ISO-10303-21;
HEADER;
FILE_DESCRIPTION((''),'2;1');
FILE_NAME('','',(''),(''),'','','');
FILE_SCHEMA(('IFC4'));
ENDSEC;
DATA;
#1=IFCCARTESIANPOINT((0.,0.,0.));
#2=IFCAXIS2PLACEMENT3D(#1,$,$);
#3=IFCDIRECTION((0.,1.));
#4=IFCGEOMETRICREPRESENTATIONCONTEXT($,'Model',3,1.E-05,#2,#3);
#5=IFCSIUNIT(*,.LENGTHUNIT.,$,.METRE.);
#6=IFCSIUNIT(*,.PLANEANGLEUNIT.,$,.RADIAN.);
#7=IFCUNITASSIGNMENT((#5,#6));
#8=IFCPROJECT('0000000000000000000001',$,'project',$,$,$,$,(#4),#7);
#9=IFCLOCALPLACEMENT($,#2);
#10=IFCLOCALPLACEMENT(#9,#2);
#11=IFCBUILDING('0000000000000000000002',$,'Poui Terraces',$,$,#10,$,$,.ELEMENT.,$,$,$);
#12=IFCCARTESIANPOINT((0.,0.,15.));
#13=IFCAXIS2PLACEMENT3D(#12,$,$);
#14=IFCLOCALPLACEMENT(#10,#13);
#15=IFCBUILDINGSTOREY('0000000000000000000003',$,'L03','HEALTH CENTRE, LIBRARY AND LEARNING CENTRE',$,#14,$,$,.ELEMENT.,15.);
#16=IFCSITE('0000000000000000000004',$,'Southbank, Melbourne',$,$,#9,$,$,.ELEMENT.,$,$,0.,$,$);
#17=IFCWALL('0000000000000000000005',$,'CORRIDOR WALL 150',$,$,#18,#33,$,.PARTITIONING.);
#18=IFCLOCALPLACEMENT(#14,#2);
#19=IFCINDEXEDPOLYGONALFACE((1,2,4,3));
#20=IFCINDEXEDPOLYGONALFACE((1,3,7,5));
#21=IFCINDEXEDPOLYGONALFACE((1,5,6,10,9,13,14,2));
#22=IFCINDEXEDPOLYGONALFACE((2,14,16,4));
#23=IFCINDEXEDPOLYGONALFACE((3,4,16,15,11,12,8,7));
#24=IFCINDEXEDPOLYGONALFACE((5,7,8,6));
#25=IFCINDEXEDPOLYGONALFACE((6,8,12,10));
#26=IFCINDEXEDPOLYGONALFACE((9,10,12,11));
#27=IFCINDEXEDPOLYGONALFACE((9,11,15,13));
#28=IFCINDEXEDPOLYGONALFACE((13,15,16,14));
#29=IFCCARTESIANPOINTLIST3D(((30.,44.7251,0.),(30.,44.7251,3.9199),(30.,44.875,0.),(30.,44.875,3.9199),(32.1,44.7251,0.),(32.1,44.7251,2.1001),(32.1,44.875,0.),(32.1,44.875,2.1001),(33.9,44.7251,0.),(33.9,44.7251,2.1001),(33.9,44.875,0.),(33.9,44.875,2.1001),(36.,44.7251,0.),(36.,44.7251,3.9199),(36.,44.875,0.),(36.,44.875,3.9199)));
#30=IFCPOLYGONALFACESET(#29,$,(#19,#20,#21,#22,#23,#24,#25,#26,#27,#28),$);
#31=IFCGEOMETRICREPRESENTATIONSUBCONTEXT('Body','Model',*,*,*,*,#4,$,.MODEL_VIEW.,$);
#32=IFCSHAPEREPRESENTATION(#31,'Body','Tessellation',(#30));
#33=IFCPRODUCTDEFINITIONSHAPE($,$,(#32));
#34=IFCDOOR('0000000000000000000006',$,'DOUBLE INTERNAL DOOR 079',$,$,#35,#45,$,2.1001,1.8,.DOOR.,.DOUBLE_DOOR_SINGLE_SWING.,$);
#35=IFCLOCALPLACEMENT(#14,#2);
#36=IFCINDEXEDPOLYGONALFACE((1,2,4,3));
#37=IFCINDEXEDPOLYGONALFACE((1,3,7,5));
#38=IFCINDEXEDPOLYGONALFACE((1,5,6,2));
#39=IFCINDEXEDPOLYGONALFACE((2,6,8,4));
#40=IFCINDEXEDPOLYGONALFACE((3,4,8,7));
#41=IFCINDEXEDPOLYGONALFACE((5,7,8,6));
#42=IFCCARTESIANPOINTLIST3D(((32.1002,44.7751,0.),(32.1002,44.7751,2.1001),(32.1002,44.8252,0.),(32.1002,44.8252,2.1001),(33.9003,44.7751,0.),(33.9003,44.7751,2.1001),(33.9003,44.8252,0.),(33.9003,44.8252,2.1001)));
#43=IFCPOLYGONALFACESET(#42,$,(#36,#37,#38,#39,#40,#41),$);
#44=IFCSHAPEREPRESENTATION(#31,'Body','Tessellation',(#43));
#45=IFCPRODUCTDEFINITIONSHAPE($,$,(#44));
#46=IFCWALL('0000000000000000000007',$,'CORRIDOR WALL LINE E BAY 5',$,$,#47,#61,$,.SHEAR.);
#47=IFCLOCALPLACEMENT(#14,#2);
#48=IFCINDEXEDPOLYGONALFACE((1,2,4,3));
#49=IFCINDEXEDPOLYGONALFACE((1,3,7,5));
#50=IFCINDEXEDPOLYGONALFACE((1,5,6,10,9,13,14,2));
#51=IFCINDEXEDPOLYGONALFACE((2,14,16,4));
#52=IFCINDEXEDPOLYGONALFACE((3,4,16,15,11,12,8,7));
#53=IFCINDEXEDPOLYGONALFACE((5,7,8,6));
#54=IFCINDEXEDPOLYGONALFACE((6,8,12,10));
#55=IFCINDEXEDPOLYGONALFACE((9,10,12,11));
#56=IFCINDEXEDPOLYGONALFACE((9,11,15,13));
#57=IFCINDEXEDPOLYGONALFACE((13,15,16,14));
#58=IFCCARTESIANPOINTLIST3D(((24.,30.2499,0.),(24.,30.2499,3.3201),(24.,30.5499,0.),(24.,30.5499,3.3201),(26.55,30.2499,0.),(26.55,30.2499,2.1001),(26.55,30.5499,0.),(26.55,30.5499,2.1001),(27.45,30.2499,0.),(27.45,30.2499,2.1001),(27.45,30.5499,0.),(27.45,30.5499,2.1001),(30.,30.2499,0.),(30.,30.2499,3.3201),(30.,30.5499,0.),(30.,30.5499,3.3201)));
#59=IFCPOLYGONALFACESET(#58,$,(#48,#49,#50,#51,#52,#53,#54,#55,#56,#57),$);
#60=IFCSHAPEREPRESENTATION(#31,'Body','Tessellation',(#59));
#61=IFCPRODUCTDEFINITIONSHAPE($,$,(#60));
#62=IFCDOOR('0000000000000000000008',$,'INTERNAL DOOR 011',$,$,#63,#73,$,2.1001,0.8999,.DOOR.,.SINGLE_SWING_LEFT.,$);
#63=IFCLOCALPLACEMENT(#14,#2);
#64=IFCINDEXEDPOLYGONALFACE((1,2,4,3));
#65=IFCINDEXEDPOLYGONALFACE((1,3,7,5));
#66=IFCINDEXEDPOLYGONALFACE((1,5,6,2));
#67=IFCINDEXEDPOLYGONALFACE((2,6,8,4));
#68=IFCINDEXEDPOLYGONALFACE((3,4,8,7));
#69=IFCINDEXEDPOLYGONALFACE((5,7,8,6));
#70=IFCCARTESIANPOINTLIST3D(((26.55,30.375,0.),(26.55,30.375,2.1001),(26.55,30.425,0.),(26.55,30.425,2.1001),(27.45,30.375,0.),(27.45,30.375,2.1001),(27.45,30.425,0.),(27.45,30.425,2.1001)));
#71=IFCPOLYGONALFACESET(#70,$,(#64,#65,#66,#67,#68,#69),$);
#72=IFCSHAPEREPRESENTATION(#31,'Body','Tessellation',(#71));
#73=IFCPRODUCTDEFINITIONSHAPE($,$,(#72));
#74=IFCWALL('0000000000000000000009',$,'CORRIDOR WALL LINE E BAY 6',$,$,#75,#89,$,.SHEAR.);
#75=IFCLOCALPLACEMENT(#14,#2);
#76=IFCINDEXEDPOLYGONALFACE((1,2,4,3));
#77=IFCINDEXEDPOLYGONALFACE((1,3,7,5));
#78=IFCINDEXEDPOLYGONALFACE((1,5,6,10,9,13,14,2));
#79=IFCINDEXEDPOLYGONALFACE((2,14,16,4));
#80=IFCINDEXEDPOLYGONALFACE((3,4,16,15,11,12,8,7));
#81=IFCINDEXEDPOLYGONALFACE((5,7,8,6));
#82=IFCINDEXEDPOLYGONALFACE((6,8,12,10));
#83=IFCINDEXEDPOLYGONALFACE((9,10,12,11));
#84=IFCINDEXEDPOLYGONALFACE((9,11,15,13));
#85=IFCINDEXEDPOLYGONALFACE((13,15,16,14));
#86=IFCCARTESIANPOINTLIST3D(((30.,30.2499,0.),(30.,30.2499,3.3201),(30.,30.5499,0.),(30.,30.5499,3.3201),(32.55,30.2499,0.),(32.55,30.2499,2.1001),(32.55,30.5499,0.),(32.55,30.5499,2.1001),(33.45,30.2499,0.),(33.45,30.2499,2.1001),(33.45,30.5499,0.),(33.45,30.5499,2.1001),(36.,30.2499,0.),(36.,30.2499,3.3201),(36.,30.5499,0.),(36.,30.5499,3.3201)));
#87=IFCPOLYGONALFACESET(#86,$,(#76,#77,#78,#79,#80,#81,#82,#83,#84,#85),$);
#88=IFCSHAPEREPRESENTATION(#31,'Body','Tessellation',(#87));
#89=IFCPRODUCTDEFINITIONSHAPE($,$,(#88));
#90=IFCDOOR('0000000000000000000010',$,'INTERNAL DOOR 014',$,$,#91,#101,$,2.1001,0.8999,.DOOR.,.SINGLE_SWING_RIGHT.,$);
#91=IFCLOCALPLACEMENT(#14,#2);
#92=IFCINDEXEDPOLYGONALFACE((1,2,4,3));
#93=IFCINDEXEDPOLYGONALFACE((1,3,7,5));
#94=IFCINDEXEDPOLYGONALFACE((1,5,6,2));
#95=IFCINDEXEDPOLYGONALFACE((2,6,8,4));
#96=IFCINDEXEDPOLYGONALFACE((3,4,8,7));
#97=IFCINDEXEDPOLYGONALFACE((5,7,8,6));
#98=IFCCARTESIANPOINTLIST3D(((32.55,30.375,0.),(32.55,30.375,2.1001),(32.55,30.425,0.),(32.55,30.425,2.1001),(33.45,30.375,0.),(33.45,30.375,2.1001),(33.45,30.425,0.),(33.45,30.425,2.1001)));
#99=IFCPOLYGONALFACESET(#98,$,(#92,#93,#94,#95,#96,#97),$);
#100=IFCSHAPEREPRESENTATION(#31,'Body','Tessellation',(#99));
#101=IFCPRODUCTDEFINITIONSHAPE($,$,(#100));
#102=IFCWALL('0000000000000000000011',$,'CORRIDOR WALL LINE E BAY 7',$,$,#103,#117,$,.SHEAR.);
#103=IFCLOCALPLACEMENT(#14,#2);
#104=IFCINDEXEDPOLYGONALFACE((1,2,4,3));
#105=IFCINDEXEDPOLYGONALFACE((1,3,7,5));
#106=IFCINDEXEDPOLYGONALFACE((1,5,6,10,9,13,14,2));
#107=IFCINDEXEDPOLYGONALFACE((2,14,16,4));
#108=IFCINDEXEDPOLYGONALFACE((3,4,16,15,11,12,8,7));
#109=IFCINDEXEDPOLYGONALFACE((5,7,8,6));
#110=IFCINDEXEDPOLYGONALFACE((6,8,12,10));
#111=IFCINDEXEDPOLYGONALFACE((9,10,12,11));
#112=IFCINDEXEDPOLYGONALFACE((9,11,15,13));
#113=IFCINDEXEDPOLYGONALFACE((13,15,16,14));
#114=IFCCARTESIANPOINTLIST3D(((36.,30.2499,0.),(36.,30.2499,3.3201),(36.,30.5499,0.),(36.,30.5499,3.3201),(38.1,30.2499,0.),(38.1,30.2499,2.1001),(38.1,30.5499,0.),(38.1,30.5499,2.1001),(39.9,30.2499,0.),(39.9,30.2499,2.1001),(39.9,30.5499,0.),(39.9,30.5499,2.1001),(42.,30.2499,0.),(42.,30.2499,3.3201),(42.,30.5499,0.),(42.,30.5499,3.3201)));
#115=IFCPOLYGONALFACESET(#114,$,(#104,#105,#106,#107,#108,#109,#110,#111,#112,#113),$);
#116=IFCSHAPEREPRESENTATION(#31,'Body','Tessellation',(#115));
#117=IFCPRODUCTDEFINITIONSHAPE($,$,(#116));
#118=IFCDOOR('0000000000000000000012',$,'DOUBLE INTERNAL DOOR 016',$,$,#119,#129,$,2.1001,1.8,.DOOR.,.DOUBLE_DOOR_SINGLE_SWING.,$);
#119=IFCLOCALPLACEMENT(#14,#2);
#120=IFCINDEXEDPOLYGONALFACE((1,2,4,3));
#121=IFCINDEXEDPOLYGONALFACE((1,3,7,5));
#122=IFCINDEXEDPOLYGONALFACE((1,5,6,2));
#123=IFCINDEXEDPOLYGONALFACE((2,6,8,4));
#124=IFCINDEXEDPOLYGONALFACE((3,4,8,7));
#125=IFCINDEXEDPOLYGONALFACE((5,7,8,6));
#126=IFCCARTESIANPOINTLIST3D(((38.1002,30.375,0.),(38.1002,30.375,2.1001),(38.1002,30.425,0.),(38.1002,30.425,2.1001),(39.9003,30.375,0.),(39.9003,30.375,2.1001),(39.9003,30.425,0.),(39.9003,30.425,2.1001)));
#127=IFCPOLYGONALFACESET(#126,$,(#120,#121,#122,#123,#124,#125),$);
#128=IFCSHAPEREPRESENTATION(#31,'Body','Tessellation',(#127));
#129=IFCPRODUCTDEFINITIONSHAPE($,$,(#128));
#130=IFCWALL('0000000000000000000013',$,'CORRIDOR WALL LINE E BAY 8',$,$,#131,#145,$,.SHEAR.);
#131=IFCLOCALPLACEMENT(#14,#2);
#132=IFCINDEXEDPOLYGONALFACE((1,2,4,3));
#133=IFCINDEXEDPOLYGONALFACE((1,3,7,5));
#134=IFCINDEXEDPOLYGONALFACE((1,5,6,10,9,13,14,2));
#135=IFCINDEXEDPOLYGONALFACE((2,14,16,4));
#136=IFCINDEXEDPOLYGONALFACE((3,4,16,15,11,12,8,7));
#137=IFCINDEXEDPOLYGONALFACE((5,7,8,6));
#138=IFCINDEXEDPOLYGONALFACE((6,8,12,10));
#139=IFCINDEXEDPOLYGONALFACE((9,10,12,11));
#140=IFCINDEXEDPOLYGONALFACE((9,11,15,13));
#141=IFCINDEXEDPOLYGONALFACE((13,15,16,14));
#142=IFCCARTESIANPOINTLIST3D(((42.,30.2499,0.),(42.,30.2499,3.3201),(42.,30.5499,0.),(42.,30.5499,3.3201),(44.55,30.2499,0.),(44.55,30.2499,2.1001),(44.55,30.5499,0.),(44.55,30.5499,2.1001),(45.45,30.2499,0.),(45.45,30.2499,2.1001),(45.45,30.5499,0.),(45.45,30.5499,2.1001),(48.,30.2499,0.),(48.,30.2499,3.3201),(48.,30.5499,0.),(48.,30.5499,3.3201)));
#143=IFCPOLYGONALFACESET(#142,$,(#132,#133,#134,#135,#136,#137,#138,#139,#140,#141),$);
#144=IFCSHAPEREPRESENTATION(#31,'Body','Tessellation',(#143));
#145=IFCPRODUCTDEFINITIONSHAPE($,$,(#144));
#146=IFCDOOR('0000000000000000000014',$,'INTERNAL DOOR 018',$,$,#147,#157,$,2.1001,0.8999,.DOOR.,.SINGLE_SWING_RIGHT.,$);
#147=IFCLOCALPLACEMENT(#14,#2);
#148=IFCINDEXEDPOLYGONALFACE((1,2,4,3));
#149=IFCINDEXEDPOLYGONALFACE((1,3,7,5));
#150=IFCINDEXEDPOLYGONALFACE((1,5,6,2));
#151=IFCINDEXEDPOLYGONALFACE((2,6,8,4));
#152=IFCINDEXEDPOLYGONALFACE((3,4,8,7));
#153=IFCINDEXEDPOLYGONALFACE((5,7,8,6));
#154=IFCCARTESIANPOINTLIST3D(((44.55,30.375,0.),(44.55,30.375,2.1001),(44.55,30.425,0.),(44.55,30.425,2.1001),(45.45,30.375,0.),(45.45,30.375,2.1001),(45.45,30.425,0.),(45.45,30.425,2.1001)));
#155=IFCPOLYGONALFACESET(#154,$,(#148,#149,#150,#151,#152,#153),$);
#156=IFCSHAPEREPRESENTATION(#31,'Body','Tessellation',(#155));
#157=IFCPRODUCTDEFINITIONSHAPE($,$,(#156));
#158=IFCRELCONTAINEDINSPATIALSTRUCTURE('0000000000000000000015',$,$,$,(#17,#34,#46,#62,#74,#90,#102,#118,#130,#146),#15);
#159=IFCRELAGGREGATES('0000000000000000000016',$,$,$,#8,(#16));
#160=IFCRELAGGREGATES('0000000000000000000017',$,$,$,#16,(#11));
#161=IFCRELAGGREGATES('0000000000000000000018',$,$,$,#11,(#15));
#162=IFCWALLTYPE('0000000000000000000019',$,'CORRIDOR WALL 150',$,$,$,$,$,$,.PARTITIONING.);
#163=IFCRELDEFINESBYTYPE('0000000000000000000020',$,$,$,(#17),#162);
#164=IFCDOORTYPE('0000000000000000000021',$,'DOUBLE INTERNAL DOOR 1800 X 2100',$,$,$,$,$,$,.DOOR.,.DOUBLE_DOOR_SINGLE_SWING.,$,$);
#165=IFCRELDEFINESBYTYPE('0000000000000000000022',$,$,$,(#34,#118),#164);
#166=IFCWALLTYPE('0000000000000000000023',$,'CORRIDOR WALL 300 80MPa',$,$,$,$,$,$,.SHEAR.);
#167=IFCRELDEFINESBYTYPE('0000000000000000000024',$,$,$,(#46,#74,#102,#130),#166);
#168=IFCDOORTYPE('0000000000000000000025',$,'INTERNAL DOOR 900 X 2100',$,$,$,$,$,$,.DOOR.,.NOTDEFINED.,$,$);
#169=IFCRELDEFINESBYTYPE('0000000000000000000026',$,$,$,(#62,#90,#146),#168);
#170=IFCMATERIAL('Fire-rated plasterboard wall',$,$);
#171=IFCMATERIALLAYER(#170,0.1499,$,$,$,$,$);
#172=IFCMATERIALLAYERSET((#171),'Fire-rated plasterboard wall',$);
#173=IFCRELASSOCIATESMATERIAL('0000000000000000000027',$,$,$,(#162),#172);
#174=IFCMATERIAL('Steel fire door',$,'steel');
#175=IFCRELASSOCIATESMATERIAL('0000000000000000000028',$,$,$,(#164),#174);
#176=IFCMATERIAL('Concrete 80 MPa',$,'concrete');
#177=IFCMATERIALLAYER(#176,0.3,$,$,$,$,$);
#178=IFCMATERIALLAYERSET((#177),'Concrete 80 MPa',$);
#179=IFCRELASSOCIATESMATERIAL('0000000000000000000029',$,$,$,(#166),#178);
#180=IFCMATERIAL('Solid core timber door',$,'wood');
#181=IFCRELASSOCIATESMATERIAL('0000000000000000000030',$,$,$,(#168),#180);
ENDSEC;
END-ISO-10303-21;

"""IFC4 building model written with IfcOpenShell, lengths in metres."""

from ifc_helpers import new_model, si_unit, direction, frame, frame_2d, origin, place, context, subcontext, project, spatial, rectangle, extrude, material, layer, layer_set, type_object, element, fill, save


model = new_model("IFC4")

# Units and contexts
model_context = context("Model", 3, precision=1e-05, world=origin(), true_north=direction((0.0, 1.0)))
body_context = subcontext(model_context, "Body", "Model", "MODEL_VIEW")
ifc_project = project(units=[si_unit("LENGTHUNIT", "METRE"), si_unit("PLANEANGLEUNIT", "RADIAN")], contexts=[model_context])

# Site, building, storey
site_placement = place(None, origin())
site = spatial("IfcSite", under=ifc_project, at=site_placement, Name="Southbank, Melbourne", CompositionType="ELEMENT", RefElevation=0.0)
building_placement = place(site_placement, origin())
building = spatial("IfcBuilding", under=site, at=building_placement, Name="Poui Terraces", CompositionType="ELEMENT")
storey_placement = place(building_placement, frame((0.0, 0.0, 15.0)))
storey = spatial("IfcBuildingStorey", under=building, at=storey_placement, Name="L03", Description="HEALTH CENTRE, LIBRARY AND LEARNING CENTRE", CompositionType="ELEMENT", Elevation=15.0)

# Shared definitions
ifc_material_1 = material(Name="Concrete 80 MPa", Category="concrete")

# Walls, openings, doors
ifc_material_2 = material(Name="Fire-rated plasterboard wall")
ifc_layer_1 = layer(ifc_material_2, 0.1499)
ifc_layer_set_1 = layer_set([ifc_layer_1], Name="Fire-rated plasterboard wall")
wall_type_1 = type_object("IfcWallType", Name="CORRIDOR WALL 150", PredefinedType="PARTITIONING", material=ifc_layer_set_1)
wall_1_placement = place(storey_placement, frame((30.0, 44.8, 0.0), z_axis=(0.0, 0.0, 1.0), x_axis=(1.0, 0.0, 0.0)))
wall_1 = element("IfcWall", 1, at=wall_1_placement, inside=storey, type_object=wall_type_1, Name="CORRIDOR WALL 150", PredefinedType="PARTITIONING", context=body_context, shape_type="SweptSolid", body=[
    extrude(rectangle(XDim=6.0, YDim=0.1499, at=frame_2d((3.0, 0.0))), origin(), (0.0, 0.0, 1.0), 3.9199),
])
opening_1_placement = place(wall_1_placement, frame((2.1001, 0.0, 0.0)))
opening_1 = element("IfcOpeningElement", 2, at=opening_1_placement, cuts=wall_1, PredefinedType="OPENING", context=body_context, shape_type="SweptSolid", body=[
    extrude(rectangle(XDim=1.8, YDim=2.1001, at=frame_2d((0.8999, 1.05))), frame((0.0, 0.085, 0.0), z_axis=(0.0, -1.0, 0.0), x_axis=(1.0, 0.0, 0.0)), (0.0, 0.0, 1.0), 0.1699),
])
ifc_material_3 = material(Name="Steel fire door", Category="steel")
door_type_1 = type_object("IfcDoorType", Name="DOUBLE INTERNAL DOOR 1800 X 2100", OperationType="DOUBLE_DOOR_SINGLE_SWING", PredefinedType="DOOR", material=ifc_material_3)
door_1_placement = place(opening_1_placement, frame((1.8, 0.0, 0.0), z_axis=(0.0, 0.0, 1.0), x_axis=(-1.0, 0.0, 0.0)))
door_1 = element("IfcDoor", 3, at=door_1_placement, inside=storey, type_object=door_type_1, Name="DOUBLE INTERNAL DOOR 079", OperationType="DOUBLE_DOOR_SINGLE_SWING", OverallHeight=2.1001, OverallWidth=1.8, PredefinedType="DOOR", context=body_context, shape_type="SweptSolid", body=[
    extrude(rectangle(XDim=1.8, YDim=2.1001, at=frame_2d((0.8999, 1.05))), frame((0.0, 0.0249, 0.0), z_axis=(0.0, -1.0, 0.0), x_axis=(1.0, 0.0, 0.0)), (0.0, 0.0, 1.0), 0.05),
])
fill(opening_1, door_1)
ifc_layer_2 = layer(ifc_material_1, 0.3)
ifc_layer_set_2 = layer_set([ifc_layer_2], Name="Concrete 80 MPa")
wall_type_2 = type_object("IfcWallType", Name="CORRIDOR WALL 300 80MPa", PredefinedType="SHEAR", material=ifc_layer_set_2)
wall_2_placement = place(storey_placement, frame((24.0, 30.3999, 0.0), z_axis=(0.0, 0.0, 1.0), x_axis=(1.0, 0.0, 0.0)))
wall_2 = element("IfcWall", 4, at=wall_2_placement, inside=storey, type_object=wall_type_2, Name="CORRIDOR WALL LINE E BAY 5", PredefinedType="SHEAR", context=body_context, shape_type="SweptSolid", body=[
    extrude(rectangle(XDim=6.0, YDim=0.3, at=frame_2d((3.0, 0.0))), origin(), (0.0, 0.0, 1.0), 3.3201),
])
opening_2_placement = place(wall_2_placement, frame((2.55, 0.0, 0.0)))
opening_2 = element("IfcOpeningElement", 5, at=opening_2_placement, cuts=wall_2, PredefinedType="OPENING", context=body_context, shape_type="SweptSolid", body=[
    extrude(rectangle(XDim=0.8999, YDim=2.1001, at=frame_2d((0.45, 1.05))), frame((0.0, 0.1602, 0.0), z_axis=(0.0, -1.0, 0.0), x_axis=(1.0, 0.0, 0.0)), (0.0, 0.0, 1.0), 0.3201),
])
ifc_material_4 = material(Name="Solid core timber door", Category="wood")
door_type_2 = type_object("IfcDoorType", Name="INTERNAL DOOR 900 X 2100", OperationType="NOTDEFINED", PredefinedType="DOOR", material=ifc_material_4)
door_2_placement = place(opening_2_placement, frame((0.8999, 0.0, 0.0), z_axis=(0.0, 0.0, 1.0), x_axis=(-1.0, 0.0, 0.0)))
door_2 = element("IfcDoor", 6, at=door_2_placement, inside=storey, type_object=door_type_2, Name="INTERNAL DOOR 011", OperationType="SINGLE_SWING_LEFT", OverallHeight=2.1001, OverallWidth=0.8999, PredefinedType="DOOR", context=body_context, shape_type="SweptSolid", body=[
    extrude(rectangle(XDim=0.8999, YDim=2.1001, at=frame_2d((0.45, 1.05))), frame((0.0, 0.0249, 0.0), z_axis=(0.0, -1.0, 0.0), x_axis=(1.0, 0.0, 0.0)), (0.0, 0.0, 1.0), 0.05),
])
fill(opening_2, door_2)
wall_3_placement = place(storey_placement, frame((30.0, 30.3999, 0.0), z_axis=(0.0, 0.0, 1.0), x_axis=(1.0, 0.0, 0.0)))
wall_3 = element("IfcWall", 7, at=wall_3_placement, inside=storey, type_object=wall_type_2, Name="CORRIDOR WALL LINE E BAY 6", PredefinedType="SHEAR", context=body_context, shape_type="SweptSolid", body=[
    extrude(rectangle(XDim=6.0, YDim=0.3, at=frame_2d((3.0, 0.0))), origin(), (0.0, 0.0, 1.0), 3.3201),
])
opening_3_placement = place(wall_3_placement, frame((2.55, 0.0, 0.0)))
opening_3 = element("IfcOpeningElement", 8, at=opening_3_placement, cuts=wall_3, PredefinedType="OPENING", context=body_context, shape_type="SweptSolid", body=[
    extrude(rectangle(XDim=0.8999, YDim=2.1001, at=frame_2d((0.45, 1.05))), frame((0.0, 0.1602, 0.0), z_axis=(0.0, -1.0, 0.0), x_axis=(1.0, 0.0, 0.0)), (0.0, 0.0, 1.0), 0.3201),
])
door_3_placement = place(opening_3_placement, frame((0.8999, 0.0, 0.0), z_axis=(0.0, 0.0, 1.0), x_axis=(-1.0, 0.0, 0.0)))
door_3 = element("IfcDoor", 9, at=door_3_placement, inside=storey, type_object=door_type_2, Name="INTERNAL DOOR 014", OperationType="SINGLE_SWING_RIGHT", OverallHeight=2.1001, OverallWidth=0.8999, PredefinedType="DOOR", context=body_context, shape_type="SweptSolid", body=[
    extrude(rectangle(XDim=0.8999, YDim=2.1001, at=frame_2d((0.45, 1.05))), frame((0.0, 0.0249, 0.0), z_axis=(0.0, -1.0, 0.0), x_axis=(1.0, 0.0, 0.0)), (0.0, 0.0, 1.0), 0.05),
])
fill(opening_3, door_3)
wall_4_placement = place(storey_placement, frame((36.0, 30.3999, 0.0), z_axis=(0.0, 0.0, 1.0), x_axis=(1.0, 0.0, 0.0)))
wall_4 = element("IfcWall", 10, at=wall_4_placement, inside=storey, type_object=wall_type_2, Name="CORRIDOR WALL LINE E BAY 7", PredefinedType="SHEAR", context=body_context, shape_type="SweptSolid", body=[
    extrude(rectangle(XDim=6.0, YDim=0.3, at=frame_2d((3.0, 0.0))), origin(), (0.0, 0.0, 1.0), 3.3201),
])
opening_4_placement = place(wall_4_placement, frame((2.1001, 0.0, 0.0)))
opening_4 = element("IfcOpeningElement", 11, at=opening_4_placement, cuts=wall_4, PredefinedType="OPENING", context=body_context, shape_type="SweptSolid", body=[
    extrude(rectangle(XDim=1.8, YDim=2.1001, at=frame_2d((0.8999, 1.05))), frame((0.0, 0.1602, 0.0), z_axis=(0.0, -1.0, 0.0), x_axis=(1.0, 0.0, 0.0)), (0.0, 0.0, 1.0), 0.3201),
])
door_4_placement = place(opening_4_placement, frame((1.8, 0.0, 0.0), z_axis=(0.0, 0.0, 1.0), x_axis=(-1.0, 0.0, 0.0)))
door_4 = element("IfcDoor", 12, at=door_4_placement, inside=storey, type_object=door_type_1, Name="DOUBLE INTERNAL DOOR 016", OperationType="DOUBLE_DOOR_SINGLE_SWING", OverallHeight=2.1001, OverallWidth=1.8, PredefinedType="DOOR", context=body_context, shape_type="SweptSolid", body=[
    extrude(rectangle(XDim=1.8, YDim=2.1001, at=frame_2d((0.8999, 1.05))), frame((0.0, 0.0249, 0.0), z_axis=(0.0, -1.0, 0.0), x_axis=(1.0, 0.0, 0.0)), (0.0, 0.0, 1.0), 0.05),
])
fill(opening_4, door_4)
wall_5_placement = place(storey_placement, frame((42.0, 30.3999, 0.0), z_axis=(0.0, 0.0, 1.0), x_axis=(1.0, 0.0, 0.0)))
wall_5 = element("IfcWall", 13, at=wall_5_placement, inside=storey, type_object=wall_type_2, Name="CORRIDOR WALL LINE E BAY 8", PredefinedType="SHEAR", context=body_context, shape_type="SweptSolid", body=[
    extrude(rectangle(XDim=6.0, YDim=0.3, at=frame_2d((3.0, 0.0))), origin(), (0.0, 0.0, 1.0), 3.3201),
])
opening_5_placement = place(wall_5_placement, frame((2.55, 0.0, 0.0)))
opening_5 = element("IfcOpeningElement", 14, at=opening_5_placement, cuts=wall_5, PredefinedType="OPENING", context=body_context, shape_type="SweptSolid", body=[
    extrude(rectangle(XDim=0.8999, YDim=2.1001, at=frame_2d((0.45, 1.05))), frame((0.0, 0.1602, 0.0), z_axis=(0.0, -1.0, 0.0), x_axis=(1.0, 0.0, 0.0)), (0.0, 0.0, 1.0), 0.3201),
])
door_5_placement = place(opening_5_placement, frame((0.8999, 0.0, 0.0), z_axis=(0.0, 0.0, 1.0), x_axis=(-1.0, 0.0, 0.0)))
door_5 = element("IfcDoor", 15, at=door_5_placement, inside=storey, type_object=door_type_2, Name="INTERNAL DOOR 018", OperationType="SINGLE_SWING_RIGHT", OverallHeight=2.1001, OverallWidth=0.8999, PredefinedType="DOOR", context=body_context, shape_type="SweptSolid", body=[
    extrude(rectangle(XDim=0.8999, YDim=2.1001, at=frame_2d((0.45, 1.05))), frame((0.0, 0.0249, 0.0), z_axis=(0.0, -1.0, 0.0), x_axis=(1.0, 0.0, 0.0)), (0.0, 0.0, 1.0), 0.05),
])
fill(opening_5, door_5)

save(model, "model.ifc")
